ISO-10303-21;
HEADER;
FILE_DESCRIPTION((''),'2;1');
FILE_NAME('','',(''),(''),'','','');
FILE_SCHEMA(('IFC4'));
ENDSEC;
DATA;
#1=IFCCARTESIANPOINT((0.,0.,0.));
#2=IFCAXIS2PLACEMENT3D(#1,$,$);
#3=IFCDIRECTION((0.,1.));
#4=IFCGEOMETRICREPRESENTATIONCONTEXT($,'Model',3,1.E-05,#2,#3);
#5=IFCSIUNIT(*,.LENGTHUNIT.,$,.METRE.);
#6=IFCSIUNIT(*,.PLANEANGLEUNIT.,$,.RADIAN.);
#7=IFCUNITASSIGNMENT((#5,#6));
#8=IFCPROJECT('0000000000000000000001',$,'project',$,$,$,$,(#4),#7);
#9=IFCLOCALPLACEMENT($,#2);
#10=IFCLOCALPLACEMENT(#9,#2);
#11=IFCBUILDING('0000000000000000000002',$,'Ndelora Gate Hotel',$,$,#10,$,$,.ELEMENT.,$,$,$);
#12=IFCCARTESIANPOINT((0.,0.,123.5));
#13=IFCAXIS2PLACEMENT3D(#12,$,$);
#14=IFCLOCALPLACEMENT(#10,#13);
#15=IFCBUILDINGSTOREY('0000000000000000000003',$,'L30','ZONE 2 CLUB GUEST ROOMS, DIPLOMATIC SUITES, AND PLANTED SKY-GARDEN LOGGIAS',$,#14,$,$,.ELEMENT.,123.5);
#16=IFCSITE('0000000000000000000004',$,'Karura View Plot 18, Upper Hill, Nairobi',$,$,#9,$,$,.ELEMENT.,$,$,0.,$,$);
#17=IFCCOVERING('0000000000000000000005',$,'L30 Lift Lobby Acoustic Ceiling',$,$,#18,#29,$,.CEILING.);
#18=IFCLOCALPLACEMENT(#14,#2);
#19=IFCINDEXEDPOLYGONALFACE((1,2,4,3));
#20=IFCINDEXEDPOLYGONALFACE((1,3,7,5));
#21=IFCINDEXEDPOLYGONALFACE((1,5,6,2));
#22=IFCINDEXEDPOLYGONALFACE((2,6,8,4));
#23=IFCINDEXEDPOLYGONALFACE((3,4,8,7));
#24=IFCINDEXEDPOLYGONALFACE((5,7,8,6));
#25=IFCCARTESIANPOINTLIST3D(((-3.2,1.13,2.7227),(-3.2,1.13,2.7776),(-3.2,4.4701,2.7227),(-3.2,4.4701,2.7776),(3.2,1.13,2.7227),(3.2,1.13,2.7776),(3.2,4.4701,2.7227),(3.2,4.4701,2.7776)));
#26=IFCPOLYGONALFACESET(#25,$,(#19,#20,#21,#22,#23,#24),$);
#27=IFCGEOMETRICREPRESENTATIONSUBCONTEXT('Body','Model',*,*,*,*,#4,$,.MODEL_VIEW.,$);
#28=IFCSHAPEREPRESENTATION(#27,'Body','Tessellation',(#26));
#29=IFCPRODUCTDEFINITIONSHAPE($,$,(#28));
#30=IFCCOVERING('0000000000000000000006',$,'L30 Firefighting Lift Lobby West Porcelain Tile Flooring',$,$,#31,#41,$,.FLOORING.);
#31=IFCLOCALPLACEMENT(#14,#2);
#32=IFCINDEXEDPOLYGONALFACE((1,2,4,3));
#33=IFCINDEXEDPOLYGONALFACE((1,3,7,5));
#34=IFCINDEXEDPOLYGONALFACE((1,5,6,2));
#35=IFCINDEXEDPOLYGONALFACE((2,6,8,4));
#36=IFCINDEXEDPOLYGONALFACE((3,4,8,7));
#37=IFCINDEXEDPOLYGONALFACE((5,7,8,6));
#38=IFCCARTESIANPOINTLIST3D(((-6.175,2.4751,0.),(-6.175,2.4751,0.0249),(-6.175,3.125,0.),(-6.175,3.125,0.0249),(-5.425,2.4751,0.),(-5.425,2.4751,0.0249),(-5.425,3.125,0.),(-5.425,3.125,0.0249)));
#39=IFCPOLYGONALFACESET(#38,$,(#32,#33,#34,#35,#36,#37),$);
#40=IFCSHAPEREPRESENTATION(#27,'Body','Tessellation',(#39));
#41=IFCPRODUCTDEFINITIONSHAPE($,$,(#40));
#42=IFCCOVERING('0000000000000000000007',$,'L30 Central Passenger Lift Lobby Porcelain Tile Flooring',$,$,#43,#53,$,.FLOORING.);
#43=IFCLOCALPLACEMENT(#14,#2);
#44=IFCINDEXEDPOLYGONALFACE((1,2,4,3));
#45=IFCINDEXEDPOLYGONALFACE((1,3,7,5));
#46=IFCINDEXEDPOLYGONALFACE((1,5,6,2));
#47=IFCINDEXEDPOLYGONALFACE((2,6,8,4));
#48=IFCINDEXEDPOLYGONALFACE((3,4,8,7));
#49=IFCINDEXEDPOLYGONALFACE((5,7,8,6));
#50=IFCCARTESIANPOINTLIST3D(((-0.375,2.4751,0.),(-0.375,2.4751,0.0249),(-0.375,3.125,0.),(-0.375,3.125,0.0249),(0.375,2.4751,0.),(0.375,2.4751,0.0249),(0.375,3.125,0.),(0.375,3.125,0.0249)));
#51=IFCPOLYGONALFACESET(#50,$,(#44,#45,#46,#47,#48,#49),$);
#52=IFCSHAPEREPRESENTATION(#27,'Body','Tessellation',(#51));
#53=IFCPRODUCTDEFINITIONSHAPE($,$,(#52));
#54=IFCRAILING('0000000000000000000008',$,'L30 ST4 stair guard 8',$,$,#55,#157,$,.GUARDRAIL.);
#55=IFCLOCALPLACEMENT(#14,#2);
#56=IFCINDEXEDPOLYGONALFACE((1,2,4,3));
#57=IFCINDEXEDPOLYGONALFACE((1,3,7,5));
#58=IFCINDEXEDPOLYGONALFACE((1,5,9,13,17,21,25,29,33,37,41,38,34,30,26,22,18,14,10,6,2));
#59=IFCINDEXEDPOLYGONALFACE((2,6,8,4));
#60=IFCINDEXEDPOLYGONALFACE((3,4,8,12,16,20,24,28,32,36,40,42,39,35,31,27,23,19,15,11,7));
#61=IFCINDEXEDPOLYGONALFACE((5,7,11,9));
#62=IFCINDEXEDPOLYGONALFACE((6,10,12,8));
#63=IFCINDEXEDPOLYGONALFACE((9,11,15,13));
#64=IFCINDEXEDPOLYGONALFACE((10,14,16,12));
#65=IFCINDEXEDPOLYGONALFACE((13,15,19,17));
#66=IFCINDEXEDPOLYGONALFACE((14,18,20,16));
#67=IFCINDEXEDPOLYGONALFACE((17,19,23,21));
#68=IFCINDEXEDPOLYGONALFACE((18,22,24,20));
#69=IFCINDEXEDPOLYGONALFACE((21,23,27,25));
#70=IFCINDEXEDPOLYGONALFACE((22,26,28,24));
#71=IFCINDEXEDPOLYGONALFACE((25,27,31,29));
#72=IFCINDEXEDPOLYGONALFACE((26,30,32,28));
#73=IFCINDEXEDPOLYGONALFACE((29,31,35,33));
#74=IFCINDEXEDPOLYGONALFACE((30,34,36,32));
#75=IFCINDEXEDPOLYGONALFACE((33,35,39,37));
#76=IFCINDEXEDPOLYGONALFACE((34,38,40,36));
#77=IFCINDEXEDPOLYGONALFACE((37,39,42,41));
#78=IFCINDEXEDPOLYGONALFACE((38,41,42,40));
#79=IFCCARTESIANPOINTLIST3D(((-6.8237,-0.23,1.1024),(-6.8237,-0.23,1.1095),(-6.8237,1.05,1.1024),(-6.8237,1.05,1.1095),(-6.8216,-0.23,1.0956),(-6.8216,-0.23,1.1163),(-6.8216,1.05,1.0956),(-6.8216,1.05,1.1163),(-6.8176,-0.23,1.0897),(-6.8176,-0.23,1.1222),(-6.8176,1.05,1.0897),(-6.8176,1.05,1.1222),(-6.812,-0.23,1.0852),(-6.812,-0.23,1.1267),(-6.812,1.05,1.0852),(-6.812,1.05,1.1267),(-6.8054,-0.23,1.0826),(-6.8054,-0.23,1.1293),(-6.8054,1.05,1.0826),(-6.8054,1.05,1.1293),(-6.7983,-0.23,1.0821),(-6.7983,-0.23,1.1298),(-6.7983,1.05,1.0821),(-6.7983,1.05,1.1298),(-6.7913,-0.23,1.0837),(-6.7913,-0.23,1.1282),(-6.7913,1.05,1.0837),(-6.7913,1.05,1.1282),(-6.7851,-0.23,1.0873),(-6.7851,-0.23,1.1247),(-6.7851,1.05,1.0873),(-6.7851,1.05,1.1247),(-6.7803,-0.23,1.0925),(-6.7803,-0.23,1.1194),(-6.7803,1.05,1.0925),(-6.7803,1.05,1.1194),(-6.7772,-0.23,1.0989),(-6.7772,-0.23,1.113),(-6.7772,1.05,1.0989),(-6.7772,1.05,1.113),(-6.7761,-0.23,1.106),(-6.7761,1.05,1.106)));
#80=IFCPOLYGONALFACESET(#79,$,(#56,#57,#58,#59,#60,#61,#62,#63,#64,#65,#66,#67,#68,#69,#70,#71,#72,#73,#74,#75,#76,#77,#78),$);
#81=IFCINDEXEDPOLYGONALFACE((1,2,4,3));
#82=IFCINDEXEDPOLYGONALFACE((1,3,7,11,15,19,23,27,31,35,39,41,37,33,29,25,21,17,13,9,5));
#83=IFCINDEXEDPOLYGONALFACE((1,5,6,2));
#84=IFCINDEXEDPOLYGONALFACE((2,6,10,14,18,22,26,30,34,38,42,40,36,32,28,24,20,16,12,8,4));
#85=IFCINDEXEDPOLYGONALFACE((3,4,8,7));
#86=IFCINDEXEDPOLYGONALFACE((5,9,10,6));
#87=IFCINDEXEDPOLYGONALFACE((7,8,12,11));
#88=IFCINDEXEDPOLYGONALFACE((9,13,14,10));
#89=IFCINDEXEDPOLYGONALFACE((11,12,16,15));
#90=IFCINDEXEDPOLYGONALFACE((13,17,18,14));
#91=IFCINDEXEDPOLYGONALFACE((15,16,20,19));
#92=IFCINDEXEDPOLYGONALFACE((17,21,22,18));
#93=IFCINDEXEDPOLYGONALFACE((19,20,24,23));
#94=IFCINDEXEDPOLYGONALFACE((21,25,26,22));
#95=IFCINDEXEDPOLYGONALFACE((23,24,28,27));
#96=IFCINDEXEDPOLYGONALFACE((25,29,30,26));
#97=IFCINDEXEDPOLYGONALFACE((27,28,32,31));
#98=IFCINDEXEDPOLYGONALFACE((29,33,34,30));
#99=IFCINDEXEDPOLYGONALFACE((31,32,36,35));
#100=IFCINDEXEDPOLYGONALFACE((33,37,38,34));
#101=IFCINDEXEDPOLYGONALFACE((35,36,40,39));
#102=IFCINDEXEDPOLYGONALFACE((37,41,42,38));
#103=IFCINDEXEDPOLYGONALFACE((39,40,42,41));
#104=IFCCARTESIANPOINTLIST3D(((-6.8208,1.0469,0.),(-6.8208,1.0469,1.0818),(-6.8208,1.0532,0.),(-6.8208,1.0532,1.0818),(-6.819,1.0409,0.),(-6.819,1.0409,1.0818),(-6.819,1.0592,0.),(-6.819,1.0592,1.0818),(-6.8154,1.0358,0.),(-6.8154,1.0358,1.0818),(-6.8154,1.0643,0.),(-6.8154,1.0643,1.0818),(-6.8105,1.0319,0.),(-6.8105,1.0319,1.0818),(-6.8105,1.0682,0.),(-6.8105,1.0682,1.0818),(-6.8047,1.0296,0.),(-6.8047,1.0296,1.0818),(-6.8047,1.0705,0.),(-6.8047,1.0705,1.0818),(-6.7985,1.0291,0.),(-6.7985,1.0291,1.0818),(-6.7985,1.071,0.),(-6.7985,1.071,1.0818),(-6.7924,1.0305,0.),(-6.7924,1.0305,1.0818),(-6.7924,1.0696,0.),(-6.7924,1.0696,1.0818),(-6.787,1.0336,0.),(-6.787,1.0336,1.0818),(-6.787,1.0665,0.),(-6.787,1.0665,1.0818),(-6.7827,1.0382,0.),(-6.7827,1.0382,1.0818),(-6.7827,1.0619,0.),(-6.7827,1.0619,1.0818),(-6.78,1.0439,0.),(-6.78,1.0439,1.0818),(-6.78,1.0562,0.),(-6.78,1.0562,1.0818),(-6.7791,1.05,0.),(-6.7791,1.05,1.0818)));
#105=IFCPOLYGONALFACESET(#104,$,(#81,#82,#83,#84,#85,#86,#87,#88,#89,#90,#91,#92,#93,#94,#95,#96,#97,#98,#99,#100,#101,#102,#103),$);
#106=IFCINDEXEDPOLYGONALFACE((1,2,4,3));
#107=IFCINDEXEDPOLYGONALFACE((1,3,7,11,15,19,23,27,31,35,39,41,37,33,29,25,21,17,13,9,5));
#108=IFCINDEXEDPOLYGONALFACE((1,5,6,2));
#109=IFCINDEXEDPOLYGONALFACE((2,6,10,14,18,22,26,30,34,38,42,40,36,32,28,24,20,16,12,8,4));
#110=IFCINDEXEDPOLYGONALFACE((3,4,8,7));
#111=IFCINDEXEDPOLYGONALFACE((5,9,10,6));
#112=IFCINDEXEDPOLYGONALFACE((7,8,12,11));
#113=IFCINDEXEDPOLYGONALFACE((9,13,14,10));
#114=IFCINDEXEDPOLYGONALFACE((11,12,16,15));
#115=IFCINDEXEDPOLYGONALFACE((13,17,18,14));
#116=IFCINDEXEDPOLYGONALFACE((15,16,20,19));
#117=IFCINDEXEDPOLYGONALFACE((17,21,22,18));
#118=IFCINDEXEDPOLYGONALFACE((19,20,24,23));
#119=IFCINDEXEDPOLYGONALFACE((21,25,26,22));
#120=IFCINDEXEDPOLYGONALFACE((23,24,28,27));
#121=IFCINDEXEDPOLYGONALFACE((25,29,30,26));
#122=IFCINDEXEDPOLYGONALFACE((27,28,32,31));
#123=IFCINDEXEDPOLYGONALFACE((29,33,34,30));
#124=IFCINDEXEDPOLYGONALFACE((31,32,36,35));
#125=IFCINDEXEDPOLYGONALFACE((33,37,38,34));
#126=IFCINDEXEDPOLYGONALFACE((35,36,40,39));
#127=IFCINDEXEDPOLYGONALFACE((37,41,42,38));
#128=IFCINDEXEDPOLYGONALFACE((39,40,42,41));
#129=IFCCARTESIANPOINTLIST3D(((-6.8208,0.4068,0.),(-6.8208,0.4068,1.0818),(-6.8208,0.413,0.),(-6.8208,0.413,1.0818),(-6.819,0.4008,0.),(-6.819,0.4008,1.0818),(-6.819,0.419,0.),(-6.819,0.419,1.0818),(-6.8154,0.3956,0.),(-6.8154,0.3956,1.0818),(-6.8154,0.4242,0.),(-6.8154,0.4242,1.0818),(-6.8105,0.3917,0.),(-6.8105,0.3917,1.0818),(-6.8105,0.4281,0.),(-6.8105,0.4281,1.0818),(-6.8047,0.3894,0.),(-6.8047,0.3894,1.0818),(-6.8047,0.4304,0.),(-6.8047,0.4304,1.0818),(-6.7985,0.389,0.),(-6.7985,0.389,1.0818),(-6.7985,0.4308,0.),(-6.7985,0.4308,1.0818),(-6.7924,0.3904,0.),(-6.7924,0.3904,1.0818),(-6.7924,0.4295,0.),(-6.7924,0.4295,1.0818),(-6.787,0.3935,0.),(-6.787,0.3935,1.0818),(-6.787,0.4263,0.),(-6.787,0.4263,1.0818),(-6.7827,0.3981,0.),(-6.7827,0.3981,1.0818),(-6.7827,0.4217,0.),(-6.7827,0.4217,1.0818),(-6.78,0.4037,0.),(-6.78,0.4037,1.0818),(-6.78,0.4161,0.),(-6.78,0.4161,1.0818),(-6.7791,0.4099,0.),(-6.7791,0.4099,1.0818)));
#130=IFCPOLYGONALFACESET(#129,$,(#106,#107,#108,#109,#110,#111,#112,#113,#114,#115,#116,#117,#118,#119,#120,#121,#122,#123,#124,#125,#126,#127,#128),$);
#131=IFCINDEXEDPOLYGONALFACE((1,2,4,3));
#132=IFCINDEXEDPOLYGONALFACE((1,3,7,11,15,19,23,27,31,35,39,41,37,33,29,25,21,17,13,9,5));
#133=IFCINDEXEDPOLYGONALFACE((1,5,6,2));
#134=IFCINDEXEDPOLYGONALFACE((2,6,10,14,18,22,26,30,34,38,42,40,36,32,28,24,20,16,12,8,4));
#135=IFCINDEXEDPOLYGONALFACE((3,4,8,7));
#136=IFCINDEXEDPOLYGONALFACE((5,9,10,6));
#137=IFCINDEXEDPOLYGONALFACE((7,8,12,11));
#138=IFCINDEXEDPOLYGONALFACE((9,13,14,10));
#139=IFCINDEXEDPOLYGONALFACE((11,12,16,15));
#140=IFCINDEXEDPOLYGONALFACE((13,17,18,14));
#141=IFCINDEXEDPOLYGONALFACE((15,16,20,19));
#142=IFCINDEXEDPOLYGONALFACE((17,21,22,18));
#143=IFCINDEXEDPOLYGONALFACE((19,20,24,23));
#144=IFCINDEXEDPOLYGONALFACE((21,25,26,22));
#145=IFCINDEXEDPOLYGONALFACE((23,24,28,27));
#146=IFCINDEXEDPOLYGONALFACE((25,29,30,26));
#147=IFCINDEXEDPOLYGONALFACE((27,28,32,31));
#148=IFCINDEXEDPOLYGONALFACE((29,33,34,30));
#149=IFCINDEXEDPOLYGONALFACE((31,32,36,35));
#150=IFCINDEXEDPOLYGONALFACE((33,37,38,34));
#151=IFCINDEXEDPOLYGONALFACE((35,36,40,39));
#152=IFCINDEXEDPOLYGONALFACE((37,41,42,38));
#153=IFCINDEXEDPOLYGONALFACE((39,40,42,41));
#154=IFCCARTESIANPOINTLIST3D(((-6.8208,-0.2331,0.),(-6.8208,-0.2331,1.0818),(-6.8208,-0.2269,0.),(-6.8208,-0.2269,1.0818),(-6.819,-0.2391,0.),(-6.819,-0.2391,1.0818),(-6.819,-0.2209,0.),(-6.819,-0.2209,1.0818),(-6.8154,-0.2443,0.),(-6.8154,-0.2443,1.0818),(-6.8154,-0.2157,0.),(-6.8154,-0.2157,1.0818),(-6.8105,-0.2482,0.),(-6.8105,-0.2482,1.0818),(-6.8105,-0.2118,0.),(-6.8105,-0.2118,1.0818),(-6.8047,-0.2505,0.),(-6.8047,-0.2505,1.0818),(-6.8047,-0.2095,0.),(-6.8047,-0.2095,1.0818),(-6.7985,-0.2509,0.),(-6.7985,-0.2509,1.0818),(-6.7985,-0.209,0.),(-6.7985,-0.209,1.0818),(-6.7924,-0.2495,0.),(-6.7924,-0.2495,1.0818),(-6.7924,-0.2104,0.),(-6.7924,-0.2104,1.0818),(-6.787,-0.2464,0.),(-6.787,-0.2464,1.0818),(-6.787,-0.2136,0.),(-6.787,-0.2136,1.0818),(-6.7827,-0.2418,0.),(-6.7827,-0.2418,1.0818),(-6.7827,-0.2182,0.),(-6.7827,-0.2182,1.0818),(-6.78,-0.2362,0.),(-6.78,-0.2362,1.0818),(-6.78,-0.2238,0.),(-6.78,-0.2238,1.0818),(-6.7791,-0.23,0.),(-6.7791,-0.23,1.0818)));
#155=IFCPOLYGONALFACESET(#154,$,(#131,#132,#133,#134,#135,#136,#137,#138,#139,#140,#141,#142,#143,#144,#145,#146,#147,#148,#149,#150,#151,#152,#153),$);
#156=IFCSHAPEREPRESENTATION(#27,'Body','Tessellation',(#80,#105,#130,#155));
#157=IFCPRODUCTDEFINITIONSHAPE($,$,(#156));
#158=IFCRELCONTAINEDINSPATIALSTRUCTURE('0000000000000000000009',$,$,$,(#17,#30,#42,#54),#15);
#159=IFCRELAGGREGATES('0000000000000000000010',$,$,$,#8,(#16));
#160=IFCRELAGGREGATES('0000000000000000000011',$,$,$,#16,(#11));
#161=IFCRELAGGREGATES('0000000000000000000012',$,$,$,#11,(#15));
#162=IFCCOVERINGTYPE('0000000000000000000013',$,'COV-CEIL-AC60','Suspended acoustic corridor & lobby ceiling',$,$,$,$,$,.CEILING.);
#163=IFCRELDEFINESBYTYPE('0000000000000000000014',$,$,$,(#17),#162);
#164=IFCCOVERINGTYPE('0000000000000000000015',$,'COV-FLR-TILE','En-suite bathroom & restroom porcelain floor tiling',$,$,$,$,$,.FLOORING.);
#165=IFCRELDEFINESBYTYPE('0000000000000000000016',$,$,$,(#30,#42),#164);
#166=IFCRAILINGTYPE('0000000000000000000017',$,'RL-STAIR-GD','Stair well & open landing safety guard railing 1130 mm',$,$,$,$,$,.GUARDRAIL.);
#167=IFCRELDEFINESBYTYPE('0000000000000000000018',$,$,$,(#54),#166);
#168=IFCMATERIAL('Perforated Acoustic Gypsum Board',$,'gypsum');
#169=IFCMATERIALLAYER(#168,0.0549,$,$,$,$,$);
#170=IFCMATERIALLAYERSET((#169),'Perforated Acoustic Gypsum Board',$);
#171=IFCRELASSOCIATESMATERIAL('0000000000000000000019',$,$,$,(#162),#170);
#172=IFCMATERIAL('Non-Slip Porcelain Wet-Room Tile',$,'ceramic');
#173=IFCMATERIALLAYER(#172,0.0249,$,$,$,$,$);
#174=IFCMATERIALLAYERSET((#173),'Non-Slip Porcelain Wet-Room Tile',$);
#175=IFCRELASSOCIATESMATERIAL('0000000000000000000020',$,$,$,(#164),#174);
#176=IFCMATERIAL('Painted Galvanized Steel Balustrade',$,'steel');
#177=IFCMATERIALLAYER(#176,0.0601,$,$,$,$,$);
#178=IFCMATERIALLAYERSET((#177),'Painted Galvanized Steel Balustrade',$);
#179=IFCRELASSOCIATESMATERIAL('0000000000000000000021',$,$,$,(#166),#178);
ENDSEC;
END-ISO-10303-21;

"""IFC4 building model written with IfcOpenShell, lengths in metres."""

from ifc_helpers import new_model, si_unit, direction, frame, origin, origin_2d, place, context, subcontext, project, spatial, rectangle, circle, extrude, material, layer, layer_set, type_object, element, save


model = new_model("IFC4")

# Units and contexts
model_context = context("Model", 3, precision=1e-05, world=origin(), true_north=direction((0.0, 1.0)))
body_context = subcontext(model_context, "Body", "Model", "MODEL_VIEW")
ifc_project = project(units=[si_unit("LENGTHUNIT", "METRE"), si_unit("PLANEANGLEUNIT", "RADIAN")], contexts=[model_context])

# Site, building, storey
site_placement = place(None, origin())
site = spatial("IfcSite", under=ifc_project, at=site_placement, Name="Karura View Plot 18, Upper Hill, Nairobi", CompositionType="ELEMENT", RefElevation=0.0)
building_placement = place(site_placement, origin())
building = spatial("IfcBuilding", under=site, at=building_placement, Name="Ndelora Gate Hotel", CompositionType="ELEMENT")
storey_placement = place(building_placement, frame((0.0, 0.0, 123.5)))
storey = spatial("IfcBuildingStorey", under=building, at=storey_placement, Name="L30", Description="ZONE 2 CLUB GUEST ROOMS, DIPLOMATIC SUITES, AND PLANTED SKY-GARDEN LOGGIAS", CompositionType="ELEMENT", Elevation=123.5)

# Coverings
ifc_material_1 = material(Name="Perforated Acoustic Gypsum Board", Category="gypsum")
ifc_layer_1 = layer(ifc_material_1, 0.0549)
ifc_layer_set_1 = layer_set([ifc_layer_1], Name="Perforated Acoustic Gypsum Board")
covering_type_1 = type_object("IfcCoveringType", Name="COV-CEIL-AC60", Description="Suspended acoustic corridor & lobby ceiling", PredefinedType="CEILING", material=ifc_layer_set_1)
covering_placement = place(storey_placement, frame((0.0, 2.8, 2.7227), z_axis=(0.0, 0.0, 1.0), x_axis=(1.0, 0.0, 0.0)))
element("IfcCovering", 1, at=covering_placement, inside=storey, type_object=covering_type_1, Name="L30 Lift Lobby Acoustic Ceiling", PredefinedType="CEILING", context=body_context, shape_type="SweptSolid", body=[
    extrude(rectangle(XDim=6.3999, YDim=3.3401, at=origin_2d()), origin(), (0.0, 0.0, 1.0), 0.0549),
])
ifc_material_2 = material(Name="Non-Slip Porcelain Wet-Room Tile", Category="ceramic")
ifc_layer_2 = layer(ifc_material_2, 0.0249)
ifc_layer_set_2 = layer_set([ifc_layer_2], Name="Non-Slip Porcelain Wet-Room Tile")
covering_type_2 = type_object("IfcCoveringType", Name="COV-FLR-TILE", Description="En-suite bathroom & restroom porcelain floor tiling", PredefinedType="FLOORING", material=ifc_layer_set_2)
for number, where, z_axis, x_axis, name in (
    (2, (-5.8, 2.8, 0.0), (0.0, 0.0, 1.0), (1.0, 0.0, 0.0), "L30 Firefighting Lift Lobby West Porcelain Tile Flooring"),
    (3, (0.0, 2.8, 0.0), (0.0, 0.0, 1.0), (1.0, 0.0, 0.0), "L30 Central Passenger Lift Lobby Porcelain Tile Flooring"),
):
    element("IfcCovering", number, at=place(storey_placement, frame(where, z_axis=z_axis, x_axis=x_axis)), inside=storey, type_object=covering_type_2, Name=name, PredefinedType="FLOORING", context=body_context, shape_type="SweptSolid", body=[
        extrude(rectangle(XDim=0.75, YDim=0.6499, at=origin_2d()), origin(), (0.0, 0.0, 1.0), 0.0249),
    ])

# Railing
ifc_material_3 = material(Name="Painted Galvanized Steel Balustrade", Category="steel")
ifc_layer_3 = layer(ifc_material_3, 0.0601)
ifc_layer_set_3 = layer_set([ifc_layer_3], Name="Painted Galvanized Steel Balustrade")
railing_type = type_object("IfcRailingType", Name="RL-STAIR-GD", Description="Stair well & open landing safety guard railing 1130 mm", PredefinedType="GUARDRAIL", material=ifc_layer_set_3)
for number, where, name in (
    (4, (-6.8, 1.05, 0.0), "L30 ST4 stair guard 8"),
):
    element("IfcRailing", number, at=place(storey_placement, frame(where)), inside=storey, type_object=railing_type, Name=name, PredefinedType="GUARDRAIL", context=body_context, shape_type="SweptSolid", body=[
        extrude(circle(Radius=0.0239, at=origin_2d()), frame((0.0, 0.0, 1.106), z_axis=(0.0, -1.0, 0.0), x_axis=(1.0, 0.0, 0.0)), (0.0, 0.0, 1.0), 1.28),
        extrude(circle(Radius=0.021, at=origin_2d()), origin(), (0.0, 0.0, 1.0), 1.0818),
        extrude(circle(Radius=0.021, at=origin_2d()), frame((0.0, -0.6401, 0.0)), (0.0, 0.0, 1.0), 1.0818),
        extrude(circle(Radius=0.021, at=origin_2d()), frame((0.0, -1.28, 0.0)), (0.0, 0.0, 1.0), 1.0818),
    ])

save(model, "model.ifc")
